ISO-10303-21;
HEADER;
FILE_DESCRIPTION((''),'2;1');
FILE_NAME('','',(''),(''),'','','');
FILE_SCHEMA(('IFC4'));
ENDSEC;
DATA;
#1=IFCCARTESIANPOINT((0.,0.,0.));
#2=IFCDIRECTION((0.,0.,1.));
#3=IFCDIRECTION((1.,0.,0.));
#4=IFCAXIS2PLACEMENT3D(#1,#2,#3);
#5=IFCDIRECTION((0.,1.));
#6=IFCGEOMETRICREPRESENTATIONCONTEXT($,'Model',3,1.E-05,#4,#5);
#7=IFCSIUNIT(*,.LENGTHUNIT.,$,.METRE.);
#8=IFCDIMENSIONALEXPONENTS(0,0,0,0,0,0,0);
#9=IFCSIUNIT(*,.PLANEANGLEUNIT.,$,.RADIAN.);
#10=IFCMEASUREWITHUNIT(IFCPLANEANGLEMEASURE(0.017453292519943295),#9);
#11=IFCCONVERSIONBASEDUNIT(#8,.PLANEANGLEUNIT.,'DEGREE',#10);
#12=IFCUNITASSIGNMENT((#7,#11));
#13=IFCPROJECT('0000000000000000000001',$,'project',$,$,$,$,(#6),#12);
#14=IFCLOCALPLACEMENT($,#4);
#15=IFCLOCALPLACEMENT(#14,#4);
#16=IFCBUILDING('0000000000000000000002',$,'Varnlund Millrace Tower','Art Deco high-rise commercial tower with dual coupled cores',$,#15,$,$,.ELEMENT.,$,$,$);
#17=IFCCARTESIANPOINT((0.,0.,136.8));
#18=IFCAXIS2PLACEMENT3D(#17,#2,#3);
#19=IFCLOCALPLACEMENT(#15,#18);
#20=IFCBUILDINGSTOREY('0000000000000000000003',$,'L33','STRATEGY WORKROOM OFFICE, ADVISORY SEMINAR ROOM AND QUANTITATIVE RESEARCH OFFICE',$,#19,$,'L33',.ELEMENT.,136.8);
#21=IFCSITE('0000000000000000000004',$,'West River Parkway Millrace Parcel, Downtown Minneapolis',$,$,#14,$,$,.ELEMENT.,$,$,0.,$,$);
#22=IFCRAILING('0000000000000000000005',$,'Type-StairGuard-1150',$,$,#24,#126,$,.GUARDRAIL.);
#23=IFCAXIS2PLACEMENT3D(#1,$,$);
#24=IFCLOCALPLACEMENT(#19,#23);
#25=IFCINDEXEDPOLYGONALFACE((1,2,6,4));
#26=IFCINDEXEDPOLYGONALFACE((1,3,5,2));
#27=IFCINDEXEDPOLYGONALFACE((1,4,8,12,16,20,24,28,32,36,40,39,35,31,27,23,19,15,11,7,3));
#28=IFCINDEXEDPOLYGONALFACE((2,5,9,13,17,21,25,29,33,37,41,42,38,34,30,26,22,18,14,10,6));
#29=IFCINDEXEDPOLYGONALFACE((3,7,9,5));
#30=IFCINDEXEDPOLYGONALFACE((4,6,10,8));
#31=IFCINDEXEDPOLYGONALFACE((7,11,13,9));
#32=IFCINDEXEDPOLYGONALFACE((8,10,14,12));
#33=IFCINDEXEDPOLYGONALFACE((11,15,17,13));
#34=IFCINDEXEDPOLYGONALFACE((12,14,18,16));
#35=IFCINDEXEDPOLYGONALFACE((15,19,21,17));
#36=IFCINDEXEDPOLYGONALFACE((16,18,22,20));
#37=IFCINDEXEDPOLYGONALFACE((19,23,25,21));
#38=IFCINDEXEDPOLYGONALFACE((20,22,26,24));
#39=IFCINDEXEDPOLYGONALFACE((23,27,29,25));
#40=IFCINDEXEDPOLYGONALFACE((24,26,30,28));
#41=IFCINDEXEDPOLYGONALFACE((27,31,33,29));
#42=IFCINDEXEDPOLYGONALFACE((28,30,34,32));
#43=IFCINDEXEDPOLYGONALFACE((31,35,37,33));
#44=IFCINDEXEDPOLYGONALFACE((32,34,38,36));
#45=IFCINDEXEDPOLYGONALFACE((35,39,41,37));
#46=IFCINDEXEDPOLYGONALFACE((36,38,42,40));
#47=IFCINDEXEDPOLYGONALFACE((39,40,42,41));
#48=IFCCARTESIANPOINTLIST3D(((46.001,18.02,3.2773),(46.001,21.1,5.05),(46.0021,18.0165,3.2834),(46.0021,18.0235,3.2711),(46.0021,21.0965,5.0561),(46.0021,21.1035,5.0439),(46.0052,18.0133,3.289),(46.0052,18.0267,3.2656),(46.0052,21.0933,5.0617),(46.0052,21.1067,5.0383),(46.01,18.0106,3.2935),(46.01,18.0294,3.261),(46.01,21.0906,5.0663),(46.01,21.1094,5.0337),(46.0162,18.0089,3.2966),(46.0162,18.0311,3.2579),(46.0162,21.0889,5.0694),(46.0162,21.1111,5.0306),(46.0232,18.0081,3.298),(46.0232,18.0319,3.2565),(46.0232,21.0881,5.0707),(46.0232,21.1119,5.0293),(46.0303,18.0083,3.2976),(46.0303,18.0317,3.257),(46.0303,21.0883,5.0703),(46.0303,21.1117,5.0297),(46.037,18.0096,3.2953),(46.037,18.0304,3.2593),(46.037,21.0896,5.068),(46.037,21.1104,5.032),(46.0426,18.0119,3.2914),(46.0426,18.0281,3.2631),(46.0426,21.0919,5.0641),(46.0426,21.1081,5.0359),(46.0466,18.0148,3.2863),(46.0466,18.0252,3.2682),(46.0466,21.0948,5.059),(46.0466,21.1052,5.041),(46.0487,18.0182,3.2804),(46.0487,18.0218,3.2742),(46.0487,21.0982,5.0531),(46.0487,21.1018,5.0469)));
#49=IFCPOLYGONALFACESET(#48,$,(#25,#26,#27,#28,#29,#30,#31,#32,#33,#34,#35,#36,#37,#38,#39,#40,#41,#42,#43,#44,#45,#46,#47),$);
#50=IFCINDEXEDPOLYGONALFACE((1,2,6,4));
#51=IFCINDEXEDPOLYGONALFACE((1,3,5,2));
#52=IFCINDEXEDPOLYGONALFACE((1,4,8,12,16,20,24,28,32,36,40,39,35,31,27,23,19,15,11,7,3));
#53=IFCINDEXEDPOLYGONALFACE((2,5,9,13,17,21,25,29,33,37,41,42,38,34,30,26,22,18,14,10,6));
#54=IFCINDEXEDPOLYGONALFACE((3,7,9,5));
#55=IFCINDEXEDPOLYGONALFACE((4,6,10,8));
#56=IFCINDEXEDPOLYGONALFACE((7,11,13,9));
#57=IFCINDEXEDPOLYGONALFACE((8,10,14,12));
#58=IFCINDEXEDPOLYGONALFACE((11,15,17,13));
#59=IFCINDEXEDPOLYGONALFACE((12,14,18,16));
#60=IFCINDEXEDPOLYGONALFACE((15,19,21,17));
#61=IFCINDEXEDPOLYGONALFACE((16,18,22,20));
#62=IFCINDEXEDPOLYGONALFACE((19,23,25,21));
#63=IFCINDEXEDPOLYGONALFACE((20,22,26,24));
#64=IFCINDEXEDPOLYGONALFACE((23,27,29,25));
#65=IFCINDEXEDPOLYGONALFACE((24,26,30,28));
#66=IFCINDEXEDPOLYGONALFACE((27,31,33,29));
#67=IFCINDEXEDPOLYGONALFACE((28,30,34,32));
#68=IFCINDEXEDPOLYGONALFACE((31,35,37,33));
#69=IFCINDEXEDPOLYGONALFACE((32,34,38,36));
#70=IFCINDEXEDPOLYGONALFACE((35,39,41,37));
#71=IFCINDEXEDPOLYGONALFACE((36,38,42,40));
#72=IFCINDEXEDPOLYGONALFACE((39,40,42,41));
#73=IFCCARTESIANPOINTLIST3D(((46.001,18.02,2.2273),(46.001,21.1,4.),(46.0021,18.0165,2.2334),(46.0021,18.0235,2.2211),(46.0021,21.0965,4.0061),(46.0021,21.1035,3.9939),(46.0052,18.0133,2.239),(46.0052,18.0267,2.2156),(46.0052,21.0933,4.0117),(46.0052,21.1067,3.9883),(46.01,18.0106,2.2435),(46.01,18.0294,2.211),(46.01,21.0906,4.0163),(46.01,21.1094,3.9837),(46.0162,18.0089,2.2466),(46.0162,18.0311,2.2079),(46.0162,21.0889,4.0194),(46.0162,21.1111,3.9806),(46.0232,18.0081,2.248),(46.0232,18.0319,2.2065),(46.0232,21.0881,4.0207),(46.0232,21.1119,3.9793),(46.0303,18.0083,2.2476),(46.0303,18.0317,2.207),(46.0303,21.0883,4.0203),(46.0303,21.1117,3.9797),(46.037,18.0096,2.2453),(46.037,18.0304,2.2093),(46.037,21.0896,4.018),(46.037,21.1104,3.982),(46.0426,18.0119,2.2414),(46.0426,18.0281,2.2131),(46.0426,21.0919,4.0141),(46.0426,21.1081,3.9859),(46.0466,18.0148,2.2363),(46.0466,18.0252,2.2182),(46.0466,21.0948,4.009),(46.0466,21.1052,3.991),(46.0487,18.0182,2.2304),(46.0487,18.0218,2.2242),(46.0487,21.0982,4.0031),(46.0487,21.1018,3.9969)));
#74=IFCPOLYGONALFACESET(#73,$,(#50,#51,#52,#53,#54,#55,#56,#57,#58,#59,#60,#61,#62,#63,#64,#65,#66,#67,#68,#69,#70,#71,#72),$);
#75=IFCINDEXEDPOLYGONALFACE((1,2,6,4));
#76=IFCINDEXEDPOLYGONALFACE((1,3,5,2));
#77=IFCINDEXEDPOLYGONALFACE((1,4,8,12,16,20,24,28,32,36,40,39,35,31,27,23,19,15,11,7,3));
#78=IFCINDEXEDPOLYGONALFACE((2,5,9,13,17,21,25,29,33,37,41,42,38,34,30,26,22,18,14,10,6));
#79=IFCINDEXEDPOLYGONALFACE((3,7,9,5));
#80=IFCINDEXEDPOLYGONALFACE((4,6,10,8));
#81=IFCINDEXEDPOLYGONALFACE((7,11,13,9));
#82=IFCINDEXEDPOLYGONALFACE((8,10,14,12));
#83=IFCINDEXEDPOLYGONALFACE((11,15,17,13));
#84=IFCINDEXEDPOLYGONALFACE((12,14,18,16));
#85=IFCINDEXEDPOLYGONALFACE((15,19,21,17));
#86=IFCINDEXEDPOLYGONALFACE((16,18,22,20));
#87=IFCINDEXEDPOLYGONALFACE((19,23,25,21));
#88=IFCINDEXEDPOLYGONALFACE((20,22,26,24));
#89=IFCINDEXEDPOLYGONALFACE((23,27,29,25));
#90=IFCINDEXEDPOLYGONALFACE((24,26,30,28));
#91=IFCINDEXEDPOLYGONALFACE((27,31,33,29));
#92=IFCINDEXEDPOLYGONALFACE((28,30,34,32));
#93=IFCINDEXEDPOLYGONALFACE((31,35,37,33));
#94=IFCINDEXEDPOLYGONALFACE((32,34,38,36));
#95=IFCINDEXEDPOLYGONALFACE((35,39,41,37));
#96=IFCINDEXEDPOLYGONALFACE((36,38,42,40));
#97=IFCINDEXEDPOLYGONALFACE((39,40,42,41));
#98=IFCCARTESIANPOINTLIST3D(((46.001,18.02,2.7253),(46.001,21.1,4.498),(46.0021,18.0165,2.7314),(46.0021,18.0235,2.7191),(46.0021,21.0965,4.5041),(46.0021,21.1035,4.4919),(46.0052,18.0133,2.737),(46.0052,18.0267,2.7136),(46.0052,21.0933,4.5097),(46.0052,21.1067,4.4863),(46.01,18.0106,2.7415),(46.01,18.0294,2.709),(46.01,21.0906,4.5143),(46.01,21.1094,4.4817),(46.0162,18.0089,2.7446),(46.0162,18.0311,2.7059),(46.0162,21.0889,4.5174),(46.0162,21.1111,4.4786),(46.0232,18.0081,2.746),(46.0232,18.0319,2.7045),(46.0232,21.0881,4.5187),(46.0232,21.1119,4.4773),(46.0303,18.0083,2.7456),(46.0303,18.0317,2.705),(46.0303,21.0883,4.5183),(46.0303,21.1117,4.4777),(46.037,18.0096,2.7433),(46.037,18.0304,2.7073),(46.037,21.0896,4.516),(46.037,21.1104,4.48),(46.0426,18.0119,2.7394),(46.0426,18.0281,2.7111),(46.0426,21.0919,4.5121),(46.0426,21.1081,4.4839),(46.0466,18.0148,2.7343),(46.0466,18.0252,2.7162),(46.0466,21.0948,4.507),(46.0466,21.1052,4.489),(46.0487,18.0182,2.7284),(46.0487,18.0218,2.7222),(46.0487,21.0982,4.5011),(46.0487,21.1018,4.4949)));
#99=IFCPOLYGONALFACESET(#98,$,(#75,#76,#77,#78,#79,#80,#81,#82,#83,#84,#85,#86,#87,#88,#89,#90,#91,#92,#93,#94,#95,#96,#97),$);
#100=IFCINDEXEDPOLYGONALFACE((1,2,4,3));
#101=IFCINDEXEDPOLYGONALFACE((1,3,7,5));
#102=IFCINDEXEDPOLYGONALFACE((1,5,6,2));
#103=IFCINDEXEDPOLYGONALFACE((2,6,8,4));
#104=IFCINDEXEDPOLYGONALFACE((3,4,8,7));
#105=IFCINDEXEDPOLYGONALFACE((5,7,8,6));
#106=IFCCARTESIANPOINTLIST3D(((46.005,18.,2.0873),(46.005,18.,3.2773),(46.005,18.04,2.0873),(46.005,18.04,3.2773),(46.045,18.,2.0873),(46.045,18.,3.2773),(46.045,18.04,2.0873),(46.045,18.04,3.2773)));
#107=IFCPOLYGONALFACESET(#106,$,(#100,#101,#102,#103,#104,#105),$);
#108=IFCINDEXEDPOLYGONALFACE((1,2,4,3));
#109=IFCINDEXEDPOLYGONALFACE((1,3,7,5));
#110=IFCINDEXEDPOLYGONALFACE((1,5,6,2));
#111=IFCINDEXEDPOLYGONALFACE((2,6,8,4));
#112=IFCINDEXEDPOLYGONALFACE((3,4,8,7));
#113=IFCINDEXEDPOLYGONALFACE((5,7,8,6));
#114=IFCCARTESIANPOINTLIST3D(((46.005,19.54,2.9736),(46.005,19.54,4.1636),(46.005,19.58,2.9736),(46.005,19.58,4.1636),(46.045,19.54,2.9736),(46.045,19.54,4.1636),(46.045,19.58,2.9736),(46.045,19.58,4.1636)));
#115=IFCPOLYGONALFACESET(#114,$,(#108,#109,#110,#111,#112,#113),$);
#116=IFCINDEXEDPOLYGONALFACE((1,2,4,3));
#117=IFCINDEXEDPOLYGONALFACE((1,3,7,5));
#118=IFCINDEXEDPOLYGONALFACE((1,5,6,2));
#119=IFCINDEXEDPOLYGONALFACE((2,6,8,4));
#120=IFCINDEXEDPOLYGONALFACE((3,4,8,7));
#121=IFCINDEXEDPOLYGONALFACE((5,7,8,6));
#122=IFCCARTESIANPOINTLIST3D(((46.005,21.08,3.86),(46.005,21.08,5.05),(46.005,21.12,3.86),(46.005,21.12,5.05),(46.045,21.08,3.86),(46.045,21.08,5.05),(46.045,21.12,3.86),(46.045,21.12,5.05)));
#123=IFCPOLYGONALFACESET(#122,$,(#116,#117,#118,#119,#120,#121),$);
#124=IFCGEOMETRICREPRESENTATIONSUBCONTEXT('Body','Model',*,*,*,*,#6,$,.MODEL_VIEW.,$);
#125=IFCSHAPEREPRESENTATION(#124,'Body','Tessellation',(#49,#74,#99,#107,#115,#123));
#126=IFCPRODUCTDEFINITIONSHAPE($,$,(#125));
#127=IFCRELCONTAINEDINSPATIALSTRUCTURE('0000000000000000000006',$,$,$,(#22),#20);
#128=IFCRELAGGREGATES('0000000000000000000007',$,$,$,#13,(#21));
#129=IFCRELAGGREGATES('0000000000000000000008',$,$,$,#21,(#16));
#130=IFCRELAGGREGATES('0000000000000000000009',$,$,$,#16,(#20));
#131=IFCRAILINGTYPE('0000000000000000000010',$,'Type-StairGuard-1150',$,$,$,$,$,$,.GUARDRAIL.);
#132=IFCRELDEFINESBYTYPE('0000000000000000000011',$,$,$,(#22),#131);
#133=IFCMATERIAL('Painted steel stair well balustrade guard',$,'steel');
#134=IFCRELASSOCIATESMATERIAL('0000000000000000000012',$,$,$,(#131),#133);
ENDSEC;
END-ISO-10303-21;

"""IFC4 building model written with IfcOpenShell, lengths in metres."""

from ifc_helpers import new_model, entity, si_unit, converted_unit, direction, frame, origin_with_axes, origin_2d_with_axis, place, context, subcontext, project, spatial, rectangle, circle, extrude, material, type_object, element, save


model = new_model("IFC4")

# Units and contexts
model_context = context("Model", 3, precision=1e-05, world=origin_with_axes(), true_north=direction((0.0, 1.0)))
body_context = subcontext(model_context, "Body", "Model", "MODEL_VIEW")
ifc_project = project(units=[si_unit("LENGTHUNIT", "METRE"), converted_unit("PLANEANGLEUNIT", "DEGREE", entity("IfcPlaneAngleMeasure", 0.017453292519943295), si_unit("PLANEANGLEUNIT", "RADIAN"), dimensions=[0, 0, 0, 0, 0, 0, 0])], contexts=[model_context])

# Site, building, storey
site_placement = place(None, origin_with_axes())
site = spatial("IfcSite", under=ifc_project, at=site_placement, Name="West River Parkway Millrace Parcel, Downtown Minneapolis", CompositionType="ELEMENT", RefElevation=0.0)
building_placement = place(site_placement, origin_with_axes())
building = spatial("IfcBuilding", under=site, at=building_placement, Name="Varnlund Millrace Tower", Description="Art Deco high-rise commercial tower with dual coupled cores", CompositionType="ELEMENT")
storey_placement = place(building_placement, frame((0.0, 0.0, 136.8), z_axis=(0.0, 0.0, 1.0), x_axis=(1.0, 0.0, 0.0)))
storey = spatial("IfcBuildingStorey", under=building, at=storey_placement, Name="L33", Description="STRATEGY WORKROOM OFFICE, ADVISORY SEMINAR ROOM AND QUANTITATIVE RESEARCH OFFICE", LongName="L33", CompositionType="ELEMENT", Elevation=136.8)

# Railing
ifc_material_1 = material(Name="Painted steel stair well balustrade guard", Category="steel")
railing_type_1 = type_object("IfcRailingType", Name="Type-StairGuard-1150", PredefinedType="GUARDRAIL", material=ifc_material_1)
railing_1_placement = place(storey_placement, frame((0.0, 0.0, -136.8), z_axis=(0.0, 0.0, 1.0), x_axis=(1.0, 0.0, 0.0)))
element("IfcRailing", 1, at=railing_1_placement, inside=storey, type_object=railing_type_1, Name="Type-StairGuard-1150", PredefinedType="GUARDRAIL", context=body_context, shape_type="SweptSolid", body=[
    extrude(circle(Radius=0.024, at=origin_2d_with_axis()), frame((46.025, 18.02, 140.0773), z_axis=(0.0, 0.866696, 0.498836), x_axis=(-1.0, 0.0, 0.0)), (0.0, 0.0, 1.0), 3.5537),
    extrude(circle(Radius=0.024, at=origin_2d_with_axis()), frame((46.025, 18.02, 139.0273), z_axis=(0.0, 0.866696, 0.498836), x_axis=(-1.0, 0.0, 0.0)), (0.0, 0.0, 1.0), 3.5537),
    extrude(circle(Radius=0.024, at=origin_2d_with_axis()), frame((46.025, 18.02, 139.5253), z_axis=(0.0, 0.866696, 0.498836), x_axis=(-1.0, 0.0, 0.0)), (0.0, 0.0, 1.0), 3.5537),
    extrude(rectangle(XDim=0.04, YDim=0.04, at=origin_2d_with_axis()), frame((46.025, 18.02, 138.8873), z_axis=(0.0, 0.0, 1.0), x_axis=(1.0, 0.0, 0.0)), (0.0, 0.0, 1.0), 1.19),
    extrude(rectangle(XDim=0.04, YDim=0.04, at=origin_2d_with_axis()), frame((46.025, 19.56, 139.7736), z_axis=(0.0, 0.0, 1.0), x_axis=(1.0, 0.0, 0.0)), (0.0, 0.0, 1.0), 1.19),
    extrude(rectangle(XDim=0.04, YDim=0.04, at=origin_2d_with_axis()), frame((46.025, 21.1, 140.66), z_axis=(0.0, 0.0, 1.0), x_axis=(1.0, 0.0, 0.0)), (0.0, 0.0, 1.0), 1.19),
])

save(model, "model.ifc")
